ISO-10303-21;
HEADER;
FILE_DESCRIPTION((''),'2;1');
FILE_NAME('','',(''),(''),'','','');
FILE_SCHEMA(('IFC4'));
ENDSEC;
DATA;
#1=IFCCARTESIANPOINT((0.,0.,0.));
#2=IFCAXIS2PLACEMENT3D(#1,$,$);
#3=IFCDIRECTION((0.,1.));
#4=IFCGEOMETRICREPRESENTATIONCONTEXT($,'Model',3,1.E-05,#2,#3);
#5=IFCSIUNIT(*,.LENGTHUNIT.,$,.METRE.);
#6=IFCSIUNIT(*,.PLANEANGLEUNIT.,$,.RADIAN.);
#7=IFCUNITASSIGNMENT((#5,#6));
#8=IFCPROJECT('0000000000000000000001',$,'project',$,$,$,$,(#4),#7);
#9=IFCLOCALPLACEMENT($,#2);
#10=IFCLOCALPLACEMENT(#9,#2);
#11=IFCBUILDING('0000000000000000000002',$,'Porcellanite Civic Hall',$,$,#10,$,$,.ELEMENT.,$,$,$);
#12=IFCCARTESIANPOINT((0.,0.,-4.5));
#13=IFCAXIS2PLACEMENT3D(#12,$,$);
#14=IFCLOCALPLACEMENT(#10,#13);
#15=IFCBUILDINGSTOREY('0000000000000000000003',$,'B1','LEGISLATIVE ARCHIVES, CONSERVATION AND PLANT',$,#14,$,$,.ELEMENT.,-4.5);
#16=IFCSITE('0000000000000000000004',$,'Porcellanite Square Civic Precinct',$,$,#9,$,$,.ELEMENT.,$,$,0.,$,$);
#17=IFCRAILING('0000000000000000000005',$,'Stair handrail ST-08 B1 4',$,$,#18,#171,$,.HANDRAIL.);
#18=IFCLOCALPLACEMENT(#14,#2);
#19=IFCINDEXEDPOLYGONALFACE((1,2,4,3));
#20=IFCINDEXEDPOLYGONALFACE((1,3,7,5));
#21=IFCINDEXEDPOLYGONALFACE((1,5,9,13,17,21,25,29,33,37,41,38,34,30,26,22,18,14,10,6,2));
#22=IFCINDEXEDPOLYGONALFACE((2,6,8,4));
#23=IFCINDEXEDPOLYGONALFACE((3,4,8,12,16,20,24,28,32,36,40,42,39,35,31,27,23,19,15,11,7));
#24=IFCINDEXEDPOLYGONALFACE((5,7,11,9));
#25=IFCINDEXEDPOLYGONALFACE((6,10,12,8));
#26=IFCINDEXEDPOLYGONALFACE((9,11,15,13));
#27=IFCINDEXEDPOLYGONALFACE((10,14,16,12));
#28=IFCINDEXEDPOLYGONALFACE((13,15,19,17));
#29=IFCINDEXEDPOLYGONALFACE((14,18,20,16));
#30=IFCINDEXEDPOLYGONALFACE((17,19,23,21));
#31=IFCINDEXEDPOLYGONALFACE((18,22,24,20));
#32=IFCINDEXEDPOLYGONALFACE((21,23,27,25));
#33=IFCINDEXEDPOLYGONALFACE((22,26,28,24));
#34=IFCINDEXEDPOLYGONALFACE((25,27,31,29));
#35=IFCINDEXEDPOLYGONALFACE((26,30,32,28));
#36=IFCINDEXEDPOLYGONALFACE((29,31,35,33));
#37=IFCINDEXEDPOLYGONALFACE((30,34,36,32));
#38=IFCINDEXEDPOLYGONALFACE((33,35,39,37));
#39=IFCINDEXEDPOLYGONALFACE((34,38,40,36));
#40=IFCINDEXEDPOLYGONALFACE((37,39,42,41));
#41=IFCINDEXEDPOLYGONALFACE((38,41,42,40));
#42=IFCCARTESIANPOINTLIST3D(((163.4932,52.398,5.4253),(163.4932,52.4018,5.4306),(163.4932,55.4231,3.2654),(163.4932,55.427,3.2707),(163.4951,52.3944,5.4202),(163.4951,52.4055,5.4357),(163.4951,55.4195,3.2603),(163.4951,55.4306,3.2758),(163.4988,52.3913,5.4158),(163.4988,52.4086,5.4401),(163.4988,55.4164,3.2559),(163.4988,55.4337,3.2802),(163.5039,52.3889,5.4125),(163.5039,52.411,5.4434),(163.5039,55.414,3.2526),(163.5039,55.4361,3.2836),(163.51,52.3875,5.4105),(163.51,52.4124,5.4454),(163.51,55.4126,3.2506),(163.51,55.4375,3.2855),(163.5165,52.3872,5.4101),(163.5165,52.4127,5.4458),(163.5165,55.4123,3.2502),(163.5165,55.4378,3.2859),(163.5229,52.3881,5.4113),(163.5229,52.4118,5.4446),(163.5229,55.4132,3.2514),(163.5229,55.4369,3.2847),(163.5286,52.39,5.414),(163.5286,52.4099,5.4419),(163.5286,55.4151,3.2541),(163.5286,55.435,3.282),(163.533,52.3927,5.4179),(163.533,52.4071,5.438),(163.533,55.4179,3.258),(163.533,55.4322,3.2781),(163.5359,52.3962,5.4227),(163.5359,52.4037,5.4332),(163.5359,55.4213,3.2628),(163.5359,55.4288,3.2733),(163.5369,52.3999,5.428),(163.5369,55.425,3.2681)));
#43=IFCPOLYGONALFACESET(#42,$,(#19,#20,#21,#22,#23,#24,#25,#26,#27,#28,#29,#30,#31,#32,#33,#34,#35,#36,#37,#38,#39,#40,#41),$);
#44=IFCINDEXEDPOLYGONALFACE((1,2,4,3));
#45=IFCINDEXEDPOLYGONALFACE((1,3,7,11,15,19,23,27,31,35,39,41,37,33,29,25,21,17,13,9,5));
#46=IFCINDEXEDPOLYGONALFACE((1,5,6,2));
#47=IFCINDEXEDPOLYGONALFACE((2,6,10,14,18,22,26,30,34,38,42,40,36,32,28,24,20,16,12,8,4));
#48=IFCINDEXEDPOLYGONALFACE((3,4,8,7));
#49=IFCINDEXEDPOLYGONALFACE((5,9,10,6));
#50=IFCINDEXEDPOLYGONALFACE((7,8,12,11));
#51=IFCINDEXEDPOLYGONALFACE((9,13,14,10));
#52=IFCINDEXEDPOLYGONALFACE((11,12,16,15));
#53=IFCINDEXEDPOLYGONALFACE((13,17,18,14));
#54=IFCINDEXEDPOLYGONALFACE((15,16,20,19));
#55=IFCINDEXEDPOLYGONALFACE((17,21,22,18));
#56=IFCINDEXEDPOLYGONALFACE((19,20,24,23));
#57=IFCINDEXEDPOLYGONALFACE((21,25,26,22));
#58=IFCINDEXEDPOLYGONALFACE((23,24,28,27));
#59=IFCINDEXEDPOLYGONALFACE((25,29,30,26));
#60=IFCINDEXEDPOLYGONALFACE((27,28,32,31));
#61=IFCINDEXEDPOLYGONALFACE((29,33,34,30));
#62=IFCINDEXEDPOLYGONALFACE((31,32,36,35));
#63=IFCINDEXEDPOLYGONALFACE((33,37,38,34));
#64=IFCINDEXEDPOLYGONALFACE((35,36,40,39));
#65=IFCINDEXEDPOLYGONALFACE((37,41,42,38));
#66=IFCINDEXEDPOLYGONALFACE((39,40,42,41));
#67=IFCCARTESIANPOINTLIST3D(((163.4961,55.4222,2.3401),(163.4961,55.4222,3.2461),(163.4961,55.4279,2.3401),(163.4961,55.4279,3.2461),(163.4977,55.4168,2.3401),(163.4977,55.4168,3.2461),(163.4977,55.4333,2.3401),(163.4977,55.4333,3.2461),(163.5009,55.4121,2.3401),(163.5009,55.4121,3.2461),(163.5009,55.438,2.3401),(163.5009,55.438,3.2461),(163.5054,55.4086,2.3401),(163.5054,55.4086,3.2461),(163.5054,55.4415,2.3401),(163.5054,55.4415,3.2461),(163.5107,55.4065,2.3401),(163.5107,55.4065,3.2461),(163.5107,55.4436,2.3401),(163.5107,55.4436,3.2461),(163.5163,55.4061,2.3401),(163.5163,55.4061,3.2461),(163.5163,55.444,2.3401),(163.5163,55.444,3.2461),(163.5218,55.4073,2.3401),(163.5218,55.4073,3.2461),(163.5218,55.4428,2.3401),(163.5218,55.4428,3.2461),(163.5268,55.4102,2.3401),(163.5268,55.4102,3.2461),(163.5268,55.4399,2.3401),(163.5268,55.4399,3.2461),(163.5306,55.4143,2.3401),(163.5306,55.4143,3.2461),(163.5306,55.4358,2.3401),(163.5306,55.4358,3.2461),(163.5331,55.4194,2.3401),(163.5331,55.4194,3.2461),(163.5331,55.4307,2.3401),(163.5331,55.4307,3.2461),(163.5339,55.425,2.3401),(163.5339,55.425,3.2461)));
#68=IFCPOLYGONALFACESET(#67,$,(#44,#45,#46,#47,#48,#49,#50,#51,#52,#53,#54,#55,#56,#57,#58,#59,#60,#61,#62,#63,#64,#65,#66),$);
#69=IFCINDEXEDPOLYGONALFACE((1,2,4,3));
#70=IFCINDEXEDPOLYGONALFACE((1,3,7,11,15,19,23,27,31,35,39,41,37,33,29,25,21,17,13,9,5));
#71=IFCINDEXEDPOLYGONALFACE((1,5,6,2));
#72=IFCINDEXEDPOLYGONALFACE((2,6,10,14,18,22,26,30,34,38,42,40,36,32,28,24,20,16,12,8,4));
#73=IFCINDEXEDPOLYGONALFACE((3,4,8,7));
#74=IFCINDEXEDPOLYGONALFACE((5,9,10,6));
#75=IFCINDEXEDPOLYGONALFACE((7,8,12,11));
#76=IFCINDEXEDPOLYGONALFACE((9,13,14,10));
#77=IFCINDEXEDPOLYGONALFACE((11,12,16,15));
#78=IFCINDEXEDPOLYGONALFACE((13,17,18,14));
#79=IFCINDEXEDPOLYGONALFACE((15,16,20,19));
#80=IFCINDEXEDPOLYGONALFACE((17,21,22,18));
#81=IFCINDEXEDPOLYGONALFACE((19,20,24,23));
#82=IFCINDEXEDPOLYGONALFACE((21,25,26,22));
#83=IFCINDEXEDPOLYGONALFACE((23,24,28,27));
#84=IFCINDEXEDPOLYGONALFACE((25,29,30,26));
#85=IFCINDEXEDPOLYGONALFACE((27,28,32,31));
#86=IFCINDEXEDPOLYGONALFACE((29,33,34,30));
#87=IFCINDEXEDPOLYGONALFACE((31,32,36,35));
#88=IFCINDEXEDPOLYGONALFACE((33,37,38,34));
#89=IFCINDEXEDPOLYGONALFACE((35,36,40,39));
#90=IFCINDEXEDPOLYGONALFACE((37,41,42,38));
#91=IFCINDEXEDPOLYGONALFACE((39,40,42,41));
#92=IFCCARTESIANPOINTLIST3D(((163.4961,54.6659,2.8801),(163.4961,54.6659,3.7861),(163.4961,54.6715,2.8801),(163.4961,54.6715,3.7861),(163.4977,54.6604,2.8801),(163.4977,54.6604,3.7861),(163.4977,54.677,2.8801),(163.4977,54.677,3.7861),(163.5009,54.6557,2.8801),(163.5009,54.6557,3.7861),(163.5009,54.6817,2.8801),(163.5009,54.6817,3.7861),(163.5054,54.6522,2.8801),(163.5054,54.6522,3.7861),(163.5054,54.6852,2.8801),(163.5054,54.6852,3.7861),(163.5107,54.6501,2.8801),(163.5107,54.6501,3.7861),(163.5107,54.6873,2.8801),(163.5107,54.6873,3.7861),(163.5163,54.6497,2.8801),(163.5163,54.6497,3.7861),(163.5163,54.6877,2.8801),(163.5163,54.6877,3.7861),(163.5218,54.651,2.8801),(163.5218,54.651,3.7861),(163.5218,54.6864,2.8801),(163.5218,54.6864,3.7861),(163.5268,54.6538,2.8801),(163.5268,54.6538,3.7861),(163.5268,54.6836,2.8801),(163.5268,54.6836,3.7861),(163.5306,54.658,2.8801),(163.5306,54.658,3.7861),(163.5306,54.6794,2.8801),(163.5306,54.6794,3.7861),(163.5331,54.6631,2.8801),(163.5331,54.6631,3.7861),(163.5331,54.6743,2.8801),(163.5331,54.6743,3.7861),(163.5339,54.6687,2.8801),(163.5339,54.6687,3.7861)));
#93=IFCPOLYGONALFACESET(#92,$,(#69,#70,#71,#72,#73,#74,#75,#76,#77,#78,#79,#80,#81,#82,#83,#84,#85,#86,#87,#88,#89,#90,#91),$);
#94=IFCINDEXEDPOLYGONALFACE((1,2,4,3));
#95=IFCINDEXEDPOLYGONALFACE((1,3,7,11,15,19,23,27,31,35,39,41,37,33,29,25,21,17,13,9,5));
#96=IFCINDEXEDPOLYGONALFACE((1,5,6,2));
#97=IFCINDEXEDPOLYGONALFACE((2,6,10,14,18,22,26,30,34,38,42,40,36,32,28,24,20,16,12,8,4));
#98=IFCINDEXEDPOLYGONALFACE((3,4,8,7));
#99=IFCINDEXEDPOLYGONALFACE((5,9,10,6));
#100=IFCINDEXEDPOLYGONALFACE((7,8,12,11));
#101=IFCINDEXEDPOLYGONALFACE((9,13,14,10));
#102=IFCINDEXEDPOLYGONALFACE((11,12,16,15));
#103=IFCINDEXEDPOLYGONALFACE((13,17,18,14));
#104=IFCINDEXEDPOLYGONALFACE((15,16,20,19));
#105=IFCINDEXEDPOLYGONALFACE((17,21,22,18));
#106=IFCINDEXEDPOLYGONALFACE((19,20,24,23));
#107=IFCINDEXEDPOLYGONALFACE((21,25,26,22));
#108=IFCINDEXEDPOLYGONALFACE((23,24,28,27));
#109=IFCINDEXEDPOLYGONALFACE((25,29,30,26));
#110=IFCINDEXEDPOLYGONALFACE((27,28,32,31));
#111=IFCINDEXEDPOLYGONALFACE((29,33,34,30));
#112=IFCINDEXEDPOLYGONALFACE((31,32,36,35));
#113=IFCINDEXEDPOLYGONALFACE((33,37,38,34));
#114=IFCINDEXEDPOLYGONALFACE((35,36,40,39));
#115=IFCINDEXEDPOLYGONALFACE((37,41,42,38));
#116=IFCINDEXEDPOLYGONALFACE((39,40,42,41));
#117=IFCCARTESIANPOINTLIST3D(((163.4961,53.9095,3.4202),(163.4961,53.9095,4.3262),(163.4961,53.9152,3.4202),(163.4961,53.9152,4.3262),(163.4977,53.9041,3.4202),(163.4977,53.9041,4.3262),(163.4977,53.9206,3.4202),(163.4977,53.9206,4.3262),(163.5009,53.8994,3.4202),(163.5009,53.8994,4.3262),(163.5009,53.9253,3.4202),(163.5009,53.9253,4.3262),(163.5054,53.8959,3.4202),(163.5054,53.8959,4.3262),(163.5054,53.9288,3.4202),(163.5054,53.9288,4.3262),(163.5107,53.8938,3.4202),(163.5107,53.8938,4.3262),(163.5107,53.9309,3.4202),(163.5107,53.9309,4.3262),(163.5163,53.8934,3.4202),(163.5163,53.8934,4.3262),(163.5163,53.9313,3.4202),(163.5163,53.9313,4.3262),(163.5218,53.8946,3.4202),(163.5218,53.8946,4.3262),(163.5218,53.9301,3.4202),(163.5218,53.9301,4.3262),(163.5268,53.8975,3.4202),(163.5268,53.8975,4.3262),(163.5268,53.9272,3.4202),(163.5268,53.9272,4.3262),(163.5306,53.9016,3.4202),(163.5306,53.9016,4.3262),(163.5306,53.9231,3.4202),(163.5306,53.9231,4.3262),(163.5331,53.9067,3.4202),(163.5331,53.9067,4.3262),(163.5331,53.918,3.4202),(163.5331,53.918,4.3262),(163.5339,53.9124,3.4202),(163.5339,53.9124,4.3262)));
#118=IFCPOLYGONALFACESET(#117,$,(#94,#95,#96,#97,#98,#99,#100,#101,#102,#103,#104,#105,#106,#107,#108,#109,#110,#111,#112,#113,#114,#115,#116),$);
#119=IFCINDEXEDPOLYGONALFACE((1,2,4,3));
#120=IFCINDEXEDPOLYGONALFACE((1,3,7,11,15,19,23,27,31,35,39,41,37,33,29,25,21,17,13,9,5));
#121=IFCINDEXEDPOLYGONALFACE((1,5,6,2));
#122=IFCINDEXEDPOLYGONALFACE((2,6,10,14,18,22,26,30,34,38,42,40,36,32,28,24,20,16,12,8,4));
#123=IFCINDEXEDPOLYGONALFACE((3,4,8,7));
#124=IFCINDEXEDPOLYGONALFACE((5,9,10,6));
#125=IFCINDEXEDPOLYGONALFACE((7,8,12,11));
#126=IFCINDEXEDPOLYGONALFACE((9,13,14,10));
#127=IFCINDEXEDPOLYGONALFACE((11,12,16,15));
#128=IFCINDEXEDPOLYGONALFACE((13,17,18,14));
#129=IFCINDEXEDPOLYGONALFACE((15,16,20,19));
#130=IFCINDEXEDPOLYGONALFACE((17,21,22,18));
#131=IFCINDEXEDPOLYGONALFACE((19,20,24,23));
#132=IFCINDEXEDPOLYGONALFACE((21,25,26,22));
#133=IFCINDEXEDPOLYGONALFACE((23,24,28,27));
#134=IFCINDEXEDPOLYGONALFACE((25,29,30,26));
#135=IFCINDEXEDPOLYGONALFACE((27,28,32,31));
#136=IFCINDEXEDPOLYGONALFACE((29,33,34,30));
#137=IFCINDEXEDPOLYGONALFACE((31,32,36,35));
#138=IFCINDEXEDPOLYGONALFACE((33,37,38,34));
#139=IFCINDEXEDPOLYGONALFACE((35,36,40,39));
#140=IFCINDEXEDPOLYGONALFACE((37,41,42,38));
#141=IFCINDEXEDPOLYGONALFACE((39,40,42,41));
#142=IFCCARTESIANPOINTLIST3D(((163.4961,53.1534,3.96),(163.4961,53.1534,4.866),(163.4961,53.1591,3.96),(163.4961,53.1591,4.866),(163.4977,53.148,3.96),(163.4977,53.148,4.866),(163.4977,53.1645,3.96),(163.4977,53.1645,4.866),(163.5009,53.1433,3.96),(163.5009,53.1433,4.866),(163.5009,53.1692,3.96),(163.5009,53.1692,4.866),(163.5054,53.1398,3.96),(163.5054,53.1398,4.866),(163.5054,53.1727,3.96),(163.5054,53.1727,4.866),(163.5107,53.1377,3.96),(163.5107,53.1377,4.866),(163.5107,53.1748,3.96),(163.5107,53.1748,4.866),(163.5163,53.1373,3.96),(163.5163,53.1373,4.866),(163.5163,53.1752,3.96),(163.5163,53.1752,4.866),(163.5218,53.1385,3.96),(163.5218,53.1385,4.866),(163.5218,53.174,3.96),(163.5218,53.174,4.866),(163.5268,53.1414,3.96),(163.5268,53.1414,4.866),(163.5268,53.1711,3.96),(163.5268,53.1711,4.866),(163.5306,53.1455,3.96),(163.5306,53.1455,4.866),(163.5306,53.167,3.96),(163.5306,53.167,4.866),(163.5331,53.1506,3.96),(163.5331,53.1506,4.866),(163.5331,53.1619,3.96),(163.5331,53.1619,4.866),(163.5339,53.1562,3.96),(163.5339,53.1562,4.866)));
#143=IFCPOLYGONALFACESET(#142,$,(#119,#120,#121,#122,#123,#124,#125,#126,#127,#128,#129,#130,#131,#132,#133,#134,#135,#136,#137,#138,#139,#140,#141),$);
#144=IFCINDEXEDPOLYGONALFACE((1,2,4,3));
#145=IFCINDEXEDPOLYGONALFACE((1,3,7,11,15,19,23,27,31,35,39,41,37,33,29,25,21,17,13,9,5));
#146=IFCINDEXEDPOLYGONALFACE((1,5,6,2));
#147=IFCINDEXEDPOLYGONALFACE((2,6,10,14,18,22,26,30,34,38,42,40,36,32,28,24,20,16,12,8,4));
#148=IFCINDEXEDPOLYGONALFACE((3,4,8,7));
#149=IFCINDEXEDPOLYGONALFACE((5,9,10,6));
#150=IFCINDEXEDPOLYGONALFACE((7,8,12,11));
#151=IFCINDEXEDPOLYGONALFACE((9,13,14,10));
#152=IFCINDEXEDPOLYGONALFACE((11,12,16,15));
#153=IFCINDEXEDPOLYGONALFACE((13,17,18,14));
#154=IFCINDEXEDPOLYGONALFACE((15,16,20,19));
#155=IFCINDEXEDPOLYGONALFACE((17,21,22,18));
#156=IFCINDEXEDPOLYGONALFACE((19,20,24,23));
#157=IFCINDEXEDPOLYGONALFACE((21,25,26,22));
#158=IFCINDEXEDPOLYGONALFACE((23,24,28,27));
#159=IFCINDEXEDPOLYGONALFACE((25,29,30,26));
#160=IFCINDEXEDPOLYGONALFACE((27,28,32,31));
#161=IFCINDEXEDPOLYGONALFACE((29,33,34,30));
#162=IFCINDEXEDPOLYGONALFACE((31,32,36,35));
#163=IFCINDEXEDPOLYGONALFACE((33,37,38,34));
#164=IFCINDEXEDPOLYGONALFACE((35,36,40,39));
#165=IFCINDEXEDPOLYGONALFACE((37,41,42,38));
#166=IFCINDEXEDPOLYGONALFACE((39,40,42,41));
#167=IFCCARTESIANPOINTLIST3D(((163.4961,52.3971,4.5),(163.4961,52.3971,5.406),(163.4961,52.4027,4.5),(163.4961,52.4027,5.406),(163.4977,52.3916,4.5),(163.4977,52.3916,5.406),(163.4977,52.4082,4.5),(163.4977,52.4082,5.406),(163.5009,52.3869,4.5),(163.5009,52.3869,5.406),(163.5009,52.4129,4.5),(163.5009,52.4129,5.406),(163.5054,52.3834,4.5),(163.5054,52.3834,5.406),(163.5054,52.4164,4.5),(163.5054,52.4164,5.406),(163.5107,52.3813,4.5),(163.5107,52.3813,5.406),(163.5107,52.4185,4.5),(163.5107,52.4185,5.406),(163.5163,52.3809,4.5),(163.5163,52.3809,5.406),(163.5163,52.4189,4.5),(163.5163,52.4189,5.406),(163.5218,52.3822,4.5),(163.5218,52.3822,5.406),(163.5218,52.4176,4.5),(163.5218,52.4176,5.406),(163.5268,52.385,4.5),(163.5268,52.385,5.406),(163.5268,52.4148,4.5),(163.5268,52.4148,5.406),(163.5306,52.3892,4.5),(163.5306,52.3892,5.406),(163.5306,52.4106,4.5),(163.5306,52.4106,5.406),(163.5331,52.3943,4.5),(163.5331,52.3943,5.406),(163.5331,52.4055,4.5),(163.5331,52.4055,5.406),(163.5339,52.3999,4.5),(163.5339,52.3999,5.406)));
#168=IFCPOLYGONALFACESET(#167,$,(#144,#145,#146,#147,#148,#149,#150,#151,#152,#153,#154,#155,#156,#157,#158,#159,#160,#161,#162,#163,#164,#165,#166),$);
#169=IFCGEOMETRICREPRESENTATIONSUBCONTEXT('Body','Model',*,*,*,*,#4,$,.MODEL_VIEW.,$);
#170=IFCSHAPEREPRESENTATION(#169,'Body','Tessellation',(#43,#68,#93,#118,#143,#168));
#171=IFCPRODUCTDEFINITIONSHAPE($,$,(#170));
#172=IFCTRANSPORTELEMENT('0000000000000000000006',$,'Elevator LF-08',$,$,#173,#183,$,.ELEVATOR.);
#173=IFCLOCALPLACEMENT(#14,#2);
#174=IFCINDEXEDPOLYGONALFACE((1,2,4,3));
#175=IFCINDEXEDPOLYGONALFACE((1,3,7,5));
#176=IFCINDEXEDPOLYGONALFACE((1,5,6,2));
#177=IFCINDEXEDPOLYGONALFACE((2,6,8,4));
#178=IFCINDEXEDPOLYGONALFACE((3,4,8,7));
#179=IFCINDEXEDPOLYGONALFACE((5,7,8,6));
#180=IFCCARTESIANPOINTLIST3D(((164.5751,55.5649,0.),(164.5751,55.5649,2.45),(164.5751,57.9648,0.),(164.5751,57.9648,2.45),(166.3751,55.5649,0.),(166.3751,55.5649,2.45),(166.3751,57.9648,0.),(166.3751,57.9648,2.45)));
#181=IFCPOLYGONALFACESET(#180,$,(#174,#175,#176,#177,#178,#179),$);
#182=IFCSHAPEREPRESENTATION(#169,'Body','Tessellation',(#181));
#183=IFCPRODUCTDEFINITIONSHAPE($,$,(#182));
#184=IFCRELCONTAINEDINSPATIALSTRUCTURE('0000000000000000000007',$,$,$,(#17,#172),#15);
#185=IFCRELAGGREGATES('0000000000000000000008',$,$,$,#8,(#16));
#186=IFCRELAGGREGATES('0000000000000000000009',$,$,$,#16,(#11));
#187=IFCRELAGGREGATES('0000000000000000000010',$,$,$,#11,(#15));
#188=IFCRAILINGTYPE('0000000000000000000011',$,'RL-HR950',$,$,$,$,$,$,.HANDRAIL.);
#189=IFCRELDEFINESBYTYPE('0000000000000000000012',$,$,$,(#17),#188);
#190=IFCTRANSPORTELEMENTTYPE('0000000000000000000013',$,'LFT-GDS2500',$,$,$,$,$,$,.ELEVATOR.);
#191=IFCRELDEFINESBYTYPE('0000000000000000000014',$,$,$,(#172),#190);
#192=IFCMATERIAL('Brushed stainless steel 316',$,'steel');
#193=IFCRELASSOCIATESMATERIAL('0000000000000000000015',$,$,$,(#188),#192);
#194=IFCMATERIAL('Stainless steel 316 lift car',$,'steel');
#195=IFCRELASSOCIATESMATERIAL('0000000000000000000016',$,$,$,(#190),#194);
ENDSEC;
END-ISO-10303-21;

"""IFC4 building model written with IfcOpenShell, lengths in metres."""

from ifc_helpers import new_model, si_unit, direction, frame, origin, origin_2d, place, context, subcontext, project, spatial, rectangle, circle, extrude, material, type_object, element, save


model = new_model("IFC4")

# Units and contexts
model_context = context("Model", 3, precision=1e-05, world=origin(), true_north=direction((0.0, 1.0)))
body_context = subcontext(model_context, "Body", "Model", "MODEL_VIEW")
ifc_project = project(units=[si_unit("LENGTHUNIT", "METRE"), si_unit("PLANEANGLEUNIT", "RADIAN")], contexts=[model_context])

# Site, building, storey
site_placement = place(None, origin())
site = spatial("IfcSite", under=ifc_project, at=site_placement, Name="Porcellanite Square Civic Precinct", CompositionType="ELEMENT", RefElevation=0.0)
building_placement = place(site_placement, origin())
building = spatial("IfcBuilding", under=site, at=building_placement, Name="Porcellanite Civic Hall", CompositionType="ELEMENT")
storey_placement = place(building_placement, frame((0.0, 0.0, -4.5)))
storey = spatial("IfcBuildingStorey", under=building, at=storey_placement, Name="B1", Description="LEGISLATIVE ARCHIVES, CONSERVATION AND PLANT", CompositionType="ELEMENT", Elevation=-4.5)

# Railing
ifc_material_1 = material(Name="Brushed stainless steel 316", Category="steel")
railing_type_1 = type_object("IfcRailingType", Name="RL-HR950", PredefinedType="HANDRAIL", material=ifc_material_1)
railing_1_placement = place(storey_placement, frame((163.5149, 55.425, 2.3401)))
element("IfcRailing", 1, at=railing_1_placement, inside=storey, type_object=railing_type_1, Name="Stair handrail ST-08 B1 4", PredefinedType="HANDRAIL", context=body_context, shape_type="SweptSolid", body=[
    extrude(circle(Radius=0.022, at=origin_2d()), frame((0.0, 0.0, 0.928), z_axis=(0.0, -0.813849, 0.581077), x_axis=(1.0, 0.0, 0.0)), (0.0, 0.0, 1.0), 3.717),
    extrude(circle(Radius=0.019, at=origin_2d()), origin(), (0.0, 0.0, 1.0), 0.906),
    extrude(circle(Radius=0.019, at=origin_2d()), frame((0.0, -0.7563, 0.54)), (0.0, 0.0, 1.0), 0.906),
    extrude(circle(Radius=0.019, at=origin_2d()), frame((0.0, -1.5127, 1.0801)), (0.0, 0.0, 1.0), 0.906),
    extrude(circle(Radius=0.019, at=origin_2d()), frame((0.0, -2.2688, 1.6199)), (0.0, 0.0, 1.0), 0.906),
    extrude(circle(Radius=0.019, at=origin_2d()), frame((0.0, -3.0251, 2.1599)), (0.0, 0.0, 1.0), 0.906),
])

# Transport element
ifc_material_2 = material(Name="Stainless steel 316 lift car", Category="steel")
transport_element_type = type_object("IfcTransportElementType", Name="LFT-GDS2500", PredefinedType="ELEVATOR", material=ifc_material_2)
transport_element_placement = place(storey_placement, frame((165.4751, 56.7649, 0.0), z_axis=(0.0, 0.0, 1.0), x_axis=(1.0, 0.0, 0.0)))
element("IfcTransportElement", 2, at=transport_element_placement, inside=storey, type_object=transport_element_type, Name="Elevator LF-08", PredefinedType="ELEVATOR", context=body_context, shape_type="SweptSolid", body=[
    extrude(rectangle(XDim=1.8, YDim=2.3999, at=origin_2d()), origin(), (0.0, 0.0, 1.0), 2.45),
])

save(model, "model.ifc")
